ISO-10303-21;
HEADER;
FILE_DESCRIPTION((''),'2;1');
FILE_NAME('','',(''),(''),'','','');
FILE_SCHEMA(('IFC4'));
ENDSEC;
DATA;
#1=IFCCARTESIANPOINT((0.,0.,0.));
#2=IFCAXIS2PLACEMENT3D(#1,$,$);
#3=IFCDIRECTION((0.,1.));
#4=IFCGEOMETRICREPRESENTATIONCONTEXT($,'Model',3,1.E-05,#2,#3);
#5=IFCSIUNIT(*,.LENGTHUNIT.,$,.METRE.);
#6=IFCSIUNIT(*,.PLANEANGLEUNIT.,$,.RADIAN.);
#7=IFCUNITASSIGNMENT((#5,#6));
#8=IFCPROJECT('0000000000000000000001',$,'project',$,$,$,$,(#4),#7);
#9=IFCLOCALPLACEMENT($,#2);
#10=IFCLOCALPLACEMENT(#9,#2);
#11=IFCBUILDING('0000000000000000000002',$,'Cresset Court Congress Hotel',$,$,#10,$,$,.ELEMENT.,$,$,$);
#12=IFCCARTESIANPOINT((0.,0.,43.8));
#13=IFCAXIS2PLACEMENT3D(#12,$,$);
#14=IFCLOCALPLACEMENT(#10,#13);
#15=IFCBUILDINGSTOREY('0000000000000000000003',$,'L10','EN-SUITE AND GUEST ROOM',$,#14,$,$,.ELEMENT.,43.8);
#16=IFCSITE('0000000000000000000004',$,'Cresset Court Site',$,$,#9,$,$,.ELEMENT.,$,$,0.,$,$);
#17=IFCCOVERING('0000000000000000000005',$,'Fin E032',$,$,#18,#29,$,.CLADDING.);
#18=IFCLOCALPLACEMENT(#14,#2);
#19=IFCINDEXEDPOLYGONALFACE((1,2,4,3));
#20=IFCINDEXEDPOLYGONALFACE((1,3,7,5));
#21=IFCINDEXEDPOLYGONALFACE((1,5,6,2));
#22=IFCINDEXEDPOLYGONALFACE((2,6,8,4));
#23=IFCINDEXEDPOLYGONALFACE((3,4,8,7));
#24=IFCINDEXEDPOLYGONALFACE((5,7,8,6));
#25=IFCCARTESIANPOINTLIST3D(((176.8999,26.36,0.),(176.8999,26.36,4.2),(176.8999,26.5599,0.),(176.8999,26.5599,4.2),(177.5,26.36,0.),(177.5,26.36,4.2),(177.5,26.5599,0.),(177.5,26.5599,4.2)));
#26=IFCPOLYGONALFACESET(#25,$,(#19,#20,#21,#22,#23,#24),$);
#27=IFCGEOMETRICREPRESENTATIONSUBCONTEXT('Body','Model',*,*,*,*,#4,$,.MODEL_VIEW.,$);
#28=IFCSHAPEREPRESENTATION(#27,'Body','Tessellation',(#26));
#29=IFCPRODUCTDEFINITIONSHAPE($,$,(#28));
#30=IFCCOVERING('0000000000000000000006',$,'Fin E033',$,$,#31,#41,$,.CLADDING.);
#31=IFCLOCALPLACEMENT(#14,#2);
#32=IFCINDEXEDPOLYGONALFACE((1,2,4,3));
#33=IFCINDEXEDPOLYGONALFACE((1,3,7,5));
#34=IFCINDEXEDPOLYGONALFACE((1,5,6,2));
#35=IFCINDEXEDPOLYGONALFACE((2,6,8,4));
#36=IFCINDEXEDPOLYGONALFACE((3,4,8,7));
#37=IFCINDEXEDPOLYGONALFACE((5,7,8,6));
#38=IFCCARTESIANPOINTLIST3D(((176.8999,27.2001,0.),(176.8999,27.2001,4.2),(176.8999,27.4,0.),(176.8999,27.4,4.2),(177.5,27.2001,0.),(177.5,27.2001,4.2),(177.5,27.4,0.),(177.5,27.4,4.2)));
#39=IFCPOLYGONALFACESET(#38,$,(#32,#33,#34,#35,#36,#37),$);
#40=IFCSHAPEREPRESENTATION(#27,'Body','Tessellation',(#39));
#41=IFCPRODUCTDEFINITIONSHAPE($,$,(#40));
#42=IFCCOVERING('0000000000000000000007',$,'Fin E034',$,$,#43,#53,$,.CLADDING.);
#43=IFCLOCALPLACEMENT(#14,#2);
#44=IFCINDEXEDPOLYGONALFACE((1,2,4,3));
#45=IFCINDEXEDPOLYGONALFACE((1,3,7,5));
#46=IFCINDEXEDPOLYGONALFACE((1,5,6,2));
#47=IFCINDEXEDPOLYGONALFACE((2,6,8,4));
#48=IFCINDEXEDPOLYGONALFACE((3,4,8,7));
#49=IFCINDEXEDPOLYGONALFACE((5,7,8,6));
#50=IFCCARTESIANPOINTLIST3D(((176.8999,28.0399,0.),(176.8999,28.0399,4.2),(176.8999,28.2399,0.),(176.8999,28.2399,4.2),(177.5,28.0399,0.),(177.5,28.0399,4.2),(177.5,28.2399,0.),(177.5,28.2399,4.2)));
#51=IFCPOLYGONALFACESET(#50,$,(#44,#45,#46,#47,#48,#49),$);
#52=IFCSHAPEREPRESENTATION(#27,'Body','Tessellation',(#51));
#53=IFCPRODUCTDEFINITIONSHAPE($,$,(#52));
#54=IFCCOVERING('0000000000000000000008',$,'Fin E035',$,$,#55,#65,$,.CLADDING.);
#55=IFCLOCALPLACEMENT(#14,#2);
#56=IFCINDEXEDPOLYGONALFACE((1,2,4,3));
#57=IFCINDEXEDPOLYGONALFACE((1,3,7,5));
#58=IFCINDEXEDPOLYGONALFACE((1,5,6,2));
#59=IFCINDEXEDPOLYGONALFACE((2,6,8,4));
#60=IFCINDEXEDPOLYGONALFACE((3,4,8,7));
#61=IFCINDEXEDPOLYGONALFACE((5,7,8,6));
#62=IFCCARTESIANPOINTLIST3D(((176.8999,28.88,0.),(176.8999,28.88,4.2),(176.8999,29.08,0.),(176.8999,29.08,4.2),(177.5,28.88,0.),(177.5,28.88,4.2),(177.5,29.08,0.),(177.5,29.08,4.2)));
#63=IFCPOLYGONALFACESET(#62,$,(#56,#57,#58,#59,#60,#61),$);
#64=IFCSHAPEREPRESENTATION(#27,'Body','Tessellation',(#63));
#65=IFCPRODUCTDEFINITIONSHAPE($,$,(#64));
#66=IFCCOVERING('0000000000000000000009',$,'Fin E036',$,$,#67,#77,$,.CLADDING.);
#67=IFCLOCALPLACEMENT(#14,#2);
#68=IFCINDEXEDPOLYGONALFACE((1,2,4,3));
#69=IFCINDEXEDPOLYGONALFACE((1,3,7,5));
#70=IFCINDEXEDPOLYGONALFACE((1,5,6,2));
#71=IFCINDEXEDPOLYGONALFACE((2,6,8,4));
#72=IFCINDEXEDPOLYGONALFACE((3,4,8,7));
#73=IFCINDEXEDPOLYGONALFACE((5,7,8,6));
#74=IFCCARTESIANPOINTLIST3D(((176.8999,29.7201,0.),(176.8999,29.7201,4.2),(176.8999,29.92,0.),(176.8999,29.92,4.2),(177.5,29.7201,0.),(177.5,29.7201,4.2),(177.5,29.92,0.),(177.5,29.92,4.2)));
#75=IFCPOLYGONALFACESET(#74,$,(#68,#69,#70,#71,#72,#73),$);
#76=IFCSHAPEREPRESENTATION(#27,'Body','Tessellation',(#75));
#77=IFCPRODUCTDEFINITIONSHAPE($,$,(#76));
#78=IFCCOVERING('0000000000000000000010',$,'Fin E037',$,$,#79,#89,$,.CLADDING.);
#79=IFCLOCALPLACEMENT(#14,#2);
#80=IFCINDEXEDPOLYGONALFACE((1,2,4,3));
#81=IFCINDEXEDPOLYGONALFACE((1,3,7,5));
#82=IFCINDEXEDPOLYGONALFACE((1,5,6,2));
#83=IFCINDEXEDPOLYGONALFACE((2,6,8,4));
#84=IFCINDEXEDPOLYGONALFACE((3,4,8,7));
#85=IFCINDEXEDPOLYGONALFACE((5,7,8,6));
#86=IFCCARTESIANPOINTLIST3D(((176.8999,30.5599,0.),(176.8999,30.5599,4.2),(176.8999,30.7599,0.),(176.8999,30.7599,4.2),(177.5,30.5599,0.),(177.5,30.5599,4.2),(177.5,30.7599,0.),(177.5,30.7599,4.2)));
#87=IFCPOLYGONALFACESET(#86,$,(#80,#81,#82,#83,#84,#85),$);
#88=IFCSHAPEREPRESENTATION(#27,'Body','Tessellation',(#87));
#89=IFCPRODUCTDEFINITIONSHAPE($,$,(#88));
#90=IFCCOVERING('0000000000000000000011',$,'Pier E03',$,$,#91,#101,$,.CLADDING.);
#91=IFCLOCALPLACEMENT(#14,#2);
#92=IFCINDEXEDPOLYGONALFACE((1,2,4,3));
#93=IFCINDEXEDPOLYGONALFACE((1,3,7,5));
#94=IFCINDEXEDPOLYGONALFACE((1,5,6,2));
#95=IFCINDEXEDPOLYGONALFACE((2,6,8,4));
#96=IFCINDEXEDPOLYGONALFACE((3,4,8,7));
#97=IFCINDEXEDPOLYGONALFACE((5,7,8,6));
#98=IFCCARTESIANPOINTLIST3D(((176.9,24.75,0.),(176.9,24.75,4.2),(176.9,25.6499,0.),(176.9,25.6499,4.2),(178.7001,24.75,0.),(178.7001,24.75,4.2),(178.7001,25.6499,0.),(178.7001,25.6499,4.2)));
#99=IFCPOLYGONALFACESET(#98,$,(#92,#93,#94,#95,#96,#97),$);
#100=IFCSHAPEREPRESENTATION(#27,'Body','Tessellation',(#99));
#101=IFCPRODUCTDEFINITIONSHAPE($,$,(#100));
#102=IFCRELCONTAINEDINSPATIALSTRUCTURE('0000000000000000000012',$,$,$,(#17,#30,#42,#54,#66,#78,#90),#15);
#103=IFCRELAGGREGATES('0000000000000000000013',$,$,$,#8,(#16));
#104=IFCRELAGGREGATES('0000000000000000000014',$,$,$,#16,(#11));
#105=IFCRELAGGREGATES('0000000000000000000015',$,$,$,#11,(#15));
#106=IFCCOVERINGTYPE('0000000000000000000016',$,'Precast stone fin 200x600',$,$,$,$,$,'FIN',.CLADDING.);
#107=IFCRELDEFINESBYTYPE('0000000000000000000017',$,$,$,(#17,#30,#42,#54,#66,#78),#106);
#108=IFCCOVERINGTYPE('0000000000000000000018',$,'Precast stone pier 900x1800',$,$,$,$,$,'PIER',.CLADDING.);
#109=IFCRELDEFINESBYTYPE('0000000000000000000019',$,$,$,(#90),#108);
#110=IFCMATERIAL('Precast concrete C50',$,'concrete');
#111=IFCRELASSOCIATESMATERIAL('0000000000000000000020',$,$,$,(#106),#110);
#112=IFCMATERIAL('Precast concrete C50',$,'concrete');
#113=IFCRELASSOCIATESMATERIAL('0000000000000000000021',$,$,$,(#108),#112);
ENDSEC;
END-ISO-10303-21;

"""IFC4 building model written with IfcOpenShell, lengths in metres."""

from ifc_helpers import new_model, si_unit, direction, frame, origin, origin_2d, place, context, subcontext, project, spatial, rectangle, extrude, material, type_object, element, save


model = new_model("IFC4")

# Units and contexts
model_context = context("Model", 3, precision=1e-05, world=origin(), true_north=direction((0.0, 1.0)))
body_context = subcontext(model_context, "Body", "Model", "MODEL_VIEW")
ifc_project = project(units=[si_unit("LENGTHUNIT", "METRE"), si_unit("PLANEANGLEUNIT", "RADIAN")], contexts=[model_context])

# Site, building, storey
site_placement = place(None, origin())
site = spatial("IfcSite", under=ifc_project, at=site_placement, Name="Cresset Court Site", CompositionType="ELEMENT", RefElevation=0.0)
building_placement = place(site_placement, origin())
building = spatial("IfcBuilding", under=site, at=building_placement, Name="Cresset Court Congress Hotel", CompositionType="ELEMENT")
storey_placement = place(building_placement, frame((0.0, 0.0, 43.8)))
storey = spatial("IfcBuildingStorey", under=building, at=storey_placement, Name="L10", Description="EN-SUITE AND GUEST ROOM", CompositionType="ELEMENT", Elevation=43.8)

# Coverings
ifc_material_1 = material(Name="Precast concrete C50", Category="concrete")
covering_type_1 = type_object("IfcCoveringType", Name="Precast stone fin 200x600", ElementType="FIN", PredefinedType="CLADDING", material=ifc_material_1)
for number, where, z_axis, x_axis, name in (
    (1, (177.2, 26.46, 0.0), (0.0, 0.0, 1.0), (1.0, 0.0, 0.0), "Fin E032"),
    (2, (177.2, 27.3, 0.0), (0.0, 0.0, 1.0), (1.0, 0.0, 0.0), "Fin E033"),
    (3, (177.2, 28.1399, 0.0), (0.0, 0.0, 1.0), (1.0, 0.0, 0.0), "Fin E034"),
    (4, (177.2, 28.98, 0.0), (0.0, 0.0, 1.0), (1.0, 0.0, 0.0), "Fin E035"),
    (5, (177.2, 29.8201, 0.0), (0.0, 0.0, 1.0), (1.0, 0.0, 0.0), "Fin E036"),
    (6, (177.2, 30.6599, 0.0), (0.0, 0.0, 1.0), (1.0, 0.0, 0.0), "Fin E037"),
):
    element("IfcCovering", number, at=place(storey_placement, frame(where, z_axis=z_axis, x_axis=x_axis)), inside=storey, type_object=covering_type_1, Name=name, PredefinedType="CLADDING", context=body_context, shape_type="SweptSolid", body=[
        extrude(rectangle(XDim=0.6001, YDim=0.2, at=origin_2d()), origin(), (0.0, 0.0, 1.0), 4.2),
    ])
ifc_material_2 = material(Name="Precast concrete C50", Category="concrete")
covering_type_2 = type_object("IfcCoveringType", Name="Precast stone pier 900x1800", ElementType="PIER", PredefinedType="CLADDING", material=ifc_material_2)
covering_placement = place(storey_placement, frame((177.8, 25.2, 0.0), z_axis=(0.0, 0.0, 1.0), x_axis=(1.0, 0.0, 0.0)))
element("IfcCovering", 7, at=covering_placement, inside=storey, type_object=covering_type_2, Name="Pier E03", PredefinedType="CLADDING", context=body_context, shape_type="SweptSolid", body=[
    extrude(rectangle(XDim=1.8, YDim=0.8999, at=origin_2d()), origin(), (0.0, 0.0, 1.0), 4.2),
])

save(model, "model.ifc")
